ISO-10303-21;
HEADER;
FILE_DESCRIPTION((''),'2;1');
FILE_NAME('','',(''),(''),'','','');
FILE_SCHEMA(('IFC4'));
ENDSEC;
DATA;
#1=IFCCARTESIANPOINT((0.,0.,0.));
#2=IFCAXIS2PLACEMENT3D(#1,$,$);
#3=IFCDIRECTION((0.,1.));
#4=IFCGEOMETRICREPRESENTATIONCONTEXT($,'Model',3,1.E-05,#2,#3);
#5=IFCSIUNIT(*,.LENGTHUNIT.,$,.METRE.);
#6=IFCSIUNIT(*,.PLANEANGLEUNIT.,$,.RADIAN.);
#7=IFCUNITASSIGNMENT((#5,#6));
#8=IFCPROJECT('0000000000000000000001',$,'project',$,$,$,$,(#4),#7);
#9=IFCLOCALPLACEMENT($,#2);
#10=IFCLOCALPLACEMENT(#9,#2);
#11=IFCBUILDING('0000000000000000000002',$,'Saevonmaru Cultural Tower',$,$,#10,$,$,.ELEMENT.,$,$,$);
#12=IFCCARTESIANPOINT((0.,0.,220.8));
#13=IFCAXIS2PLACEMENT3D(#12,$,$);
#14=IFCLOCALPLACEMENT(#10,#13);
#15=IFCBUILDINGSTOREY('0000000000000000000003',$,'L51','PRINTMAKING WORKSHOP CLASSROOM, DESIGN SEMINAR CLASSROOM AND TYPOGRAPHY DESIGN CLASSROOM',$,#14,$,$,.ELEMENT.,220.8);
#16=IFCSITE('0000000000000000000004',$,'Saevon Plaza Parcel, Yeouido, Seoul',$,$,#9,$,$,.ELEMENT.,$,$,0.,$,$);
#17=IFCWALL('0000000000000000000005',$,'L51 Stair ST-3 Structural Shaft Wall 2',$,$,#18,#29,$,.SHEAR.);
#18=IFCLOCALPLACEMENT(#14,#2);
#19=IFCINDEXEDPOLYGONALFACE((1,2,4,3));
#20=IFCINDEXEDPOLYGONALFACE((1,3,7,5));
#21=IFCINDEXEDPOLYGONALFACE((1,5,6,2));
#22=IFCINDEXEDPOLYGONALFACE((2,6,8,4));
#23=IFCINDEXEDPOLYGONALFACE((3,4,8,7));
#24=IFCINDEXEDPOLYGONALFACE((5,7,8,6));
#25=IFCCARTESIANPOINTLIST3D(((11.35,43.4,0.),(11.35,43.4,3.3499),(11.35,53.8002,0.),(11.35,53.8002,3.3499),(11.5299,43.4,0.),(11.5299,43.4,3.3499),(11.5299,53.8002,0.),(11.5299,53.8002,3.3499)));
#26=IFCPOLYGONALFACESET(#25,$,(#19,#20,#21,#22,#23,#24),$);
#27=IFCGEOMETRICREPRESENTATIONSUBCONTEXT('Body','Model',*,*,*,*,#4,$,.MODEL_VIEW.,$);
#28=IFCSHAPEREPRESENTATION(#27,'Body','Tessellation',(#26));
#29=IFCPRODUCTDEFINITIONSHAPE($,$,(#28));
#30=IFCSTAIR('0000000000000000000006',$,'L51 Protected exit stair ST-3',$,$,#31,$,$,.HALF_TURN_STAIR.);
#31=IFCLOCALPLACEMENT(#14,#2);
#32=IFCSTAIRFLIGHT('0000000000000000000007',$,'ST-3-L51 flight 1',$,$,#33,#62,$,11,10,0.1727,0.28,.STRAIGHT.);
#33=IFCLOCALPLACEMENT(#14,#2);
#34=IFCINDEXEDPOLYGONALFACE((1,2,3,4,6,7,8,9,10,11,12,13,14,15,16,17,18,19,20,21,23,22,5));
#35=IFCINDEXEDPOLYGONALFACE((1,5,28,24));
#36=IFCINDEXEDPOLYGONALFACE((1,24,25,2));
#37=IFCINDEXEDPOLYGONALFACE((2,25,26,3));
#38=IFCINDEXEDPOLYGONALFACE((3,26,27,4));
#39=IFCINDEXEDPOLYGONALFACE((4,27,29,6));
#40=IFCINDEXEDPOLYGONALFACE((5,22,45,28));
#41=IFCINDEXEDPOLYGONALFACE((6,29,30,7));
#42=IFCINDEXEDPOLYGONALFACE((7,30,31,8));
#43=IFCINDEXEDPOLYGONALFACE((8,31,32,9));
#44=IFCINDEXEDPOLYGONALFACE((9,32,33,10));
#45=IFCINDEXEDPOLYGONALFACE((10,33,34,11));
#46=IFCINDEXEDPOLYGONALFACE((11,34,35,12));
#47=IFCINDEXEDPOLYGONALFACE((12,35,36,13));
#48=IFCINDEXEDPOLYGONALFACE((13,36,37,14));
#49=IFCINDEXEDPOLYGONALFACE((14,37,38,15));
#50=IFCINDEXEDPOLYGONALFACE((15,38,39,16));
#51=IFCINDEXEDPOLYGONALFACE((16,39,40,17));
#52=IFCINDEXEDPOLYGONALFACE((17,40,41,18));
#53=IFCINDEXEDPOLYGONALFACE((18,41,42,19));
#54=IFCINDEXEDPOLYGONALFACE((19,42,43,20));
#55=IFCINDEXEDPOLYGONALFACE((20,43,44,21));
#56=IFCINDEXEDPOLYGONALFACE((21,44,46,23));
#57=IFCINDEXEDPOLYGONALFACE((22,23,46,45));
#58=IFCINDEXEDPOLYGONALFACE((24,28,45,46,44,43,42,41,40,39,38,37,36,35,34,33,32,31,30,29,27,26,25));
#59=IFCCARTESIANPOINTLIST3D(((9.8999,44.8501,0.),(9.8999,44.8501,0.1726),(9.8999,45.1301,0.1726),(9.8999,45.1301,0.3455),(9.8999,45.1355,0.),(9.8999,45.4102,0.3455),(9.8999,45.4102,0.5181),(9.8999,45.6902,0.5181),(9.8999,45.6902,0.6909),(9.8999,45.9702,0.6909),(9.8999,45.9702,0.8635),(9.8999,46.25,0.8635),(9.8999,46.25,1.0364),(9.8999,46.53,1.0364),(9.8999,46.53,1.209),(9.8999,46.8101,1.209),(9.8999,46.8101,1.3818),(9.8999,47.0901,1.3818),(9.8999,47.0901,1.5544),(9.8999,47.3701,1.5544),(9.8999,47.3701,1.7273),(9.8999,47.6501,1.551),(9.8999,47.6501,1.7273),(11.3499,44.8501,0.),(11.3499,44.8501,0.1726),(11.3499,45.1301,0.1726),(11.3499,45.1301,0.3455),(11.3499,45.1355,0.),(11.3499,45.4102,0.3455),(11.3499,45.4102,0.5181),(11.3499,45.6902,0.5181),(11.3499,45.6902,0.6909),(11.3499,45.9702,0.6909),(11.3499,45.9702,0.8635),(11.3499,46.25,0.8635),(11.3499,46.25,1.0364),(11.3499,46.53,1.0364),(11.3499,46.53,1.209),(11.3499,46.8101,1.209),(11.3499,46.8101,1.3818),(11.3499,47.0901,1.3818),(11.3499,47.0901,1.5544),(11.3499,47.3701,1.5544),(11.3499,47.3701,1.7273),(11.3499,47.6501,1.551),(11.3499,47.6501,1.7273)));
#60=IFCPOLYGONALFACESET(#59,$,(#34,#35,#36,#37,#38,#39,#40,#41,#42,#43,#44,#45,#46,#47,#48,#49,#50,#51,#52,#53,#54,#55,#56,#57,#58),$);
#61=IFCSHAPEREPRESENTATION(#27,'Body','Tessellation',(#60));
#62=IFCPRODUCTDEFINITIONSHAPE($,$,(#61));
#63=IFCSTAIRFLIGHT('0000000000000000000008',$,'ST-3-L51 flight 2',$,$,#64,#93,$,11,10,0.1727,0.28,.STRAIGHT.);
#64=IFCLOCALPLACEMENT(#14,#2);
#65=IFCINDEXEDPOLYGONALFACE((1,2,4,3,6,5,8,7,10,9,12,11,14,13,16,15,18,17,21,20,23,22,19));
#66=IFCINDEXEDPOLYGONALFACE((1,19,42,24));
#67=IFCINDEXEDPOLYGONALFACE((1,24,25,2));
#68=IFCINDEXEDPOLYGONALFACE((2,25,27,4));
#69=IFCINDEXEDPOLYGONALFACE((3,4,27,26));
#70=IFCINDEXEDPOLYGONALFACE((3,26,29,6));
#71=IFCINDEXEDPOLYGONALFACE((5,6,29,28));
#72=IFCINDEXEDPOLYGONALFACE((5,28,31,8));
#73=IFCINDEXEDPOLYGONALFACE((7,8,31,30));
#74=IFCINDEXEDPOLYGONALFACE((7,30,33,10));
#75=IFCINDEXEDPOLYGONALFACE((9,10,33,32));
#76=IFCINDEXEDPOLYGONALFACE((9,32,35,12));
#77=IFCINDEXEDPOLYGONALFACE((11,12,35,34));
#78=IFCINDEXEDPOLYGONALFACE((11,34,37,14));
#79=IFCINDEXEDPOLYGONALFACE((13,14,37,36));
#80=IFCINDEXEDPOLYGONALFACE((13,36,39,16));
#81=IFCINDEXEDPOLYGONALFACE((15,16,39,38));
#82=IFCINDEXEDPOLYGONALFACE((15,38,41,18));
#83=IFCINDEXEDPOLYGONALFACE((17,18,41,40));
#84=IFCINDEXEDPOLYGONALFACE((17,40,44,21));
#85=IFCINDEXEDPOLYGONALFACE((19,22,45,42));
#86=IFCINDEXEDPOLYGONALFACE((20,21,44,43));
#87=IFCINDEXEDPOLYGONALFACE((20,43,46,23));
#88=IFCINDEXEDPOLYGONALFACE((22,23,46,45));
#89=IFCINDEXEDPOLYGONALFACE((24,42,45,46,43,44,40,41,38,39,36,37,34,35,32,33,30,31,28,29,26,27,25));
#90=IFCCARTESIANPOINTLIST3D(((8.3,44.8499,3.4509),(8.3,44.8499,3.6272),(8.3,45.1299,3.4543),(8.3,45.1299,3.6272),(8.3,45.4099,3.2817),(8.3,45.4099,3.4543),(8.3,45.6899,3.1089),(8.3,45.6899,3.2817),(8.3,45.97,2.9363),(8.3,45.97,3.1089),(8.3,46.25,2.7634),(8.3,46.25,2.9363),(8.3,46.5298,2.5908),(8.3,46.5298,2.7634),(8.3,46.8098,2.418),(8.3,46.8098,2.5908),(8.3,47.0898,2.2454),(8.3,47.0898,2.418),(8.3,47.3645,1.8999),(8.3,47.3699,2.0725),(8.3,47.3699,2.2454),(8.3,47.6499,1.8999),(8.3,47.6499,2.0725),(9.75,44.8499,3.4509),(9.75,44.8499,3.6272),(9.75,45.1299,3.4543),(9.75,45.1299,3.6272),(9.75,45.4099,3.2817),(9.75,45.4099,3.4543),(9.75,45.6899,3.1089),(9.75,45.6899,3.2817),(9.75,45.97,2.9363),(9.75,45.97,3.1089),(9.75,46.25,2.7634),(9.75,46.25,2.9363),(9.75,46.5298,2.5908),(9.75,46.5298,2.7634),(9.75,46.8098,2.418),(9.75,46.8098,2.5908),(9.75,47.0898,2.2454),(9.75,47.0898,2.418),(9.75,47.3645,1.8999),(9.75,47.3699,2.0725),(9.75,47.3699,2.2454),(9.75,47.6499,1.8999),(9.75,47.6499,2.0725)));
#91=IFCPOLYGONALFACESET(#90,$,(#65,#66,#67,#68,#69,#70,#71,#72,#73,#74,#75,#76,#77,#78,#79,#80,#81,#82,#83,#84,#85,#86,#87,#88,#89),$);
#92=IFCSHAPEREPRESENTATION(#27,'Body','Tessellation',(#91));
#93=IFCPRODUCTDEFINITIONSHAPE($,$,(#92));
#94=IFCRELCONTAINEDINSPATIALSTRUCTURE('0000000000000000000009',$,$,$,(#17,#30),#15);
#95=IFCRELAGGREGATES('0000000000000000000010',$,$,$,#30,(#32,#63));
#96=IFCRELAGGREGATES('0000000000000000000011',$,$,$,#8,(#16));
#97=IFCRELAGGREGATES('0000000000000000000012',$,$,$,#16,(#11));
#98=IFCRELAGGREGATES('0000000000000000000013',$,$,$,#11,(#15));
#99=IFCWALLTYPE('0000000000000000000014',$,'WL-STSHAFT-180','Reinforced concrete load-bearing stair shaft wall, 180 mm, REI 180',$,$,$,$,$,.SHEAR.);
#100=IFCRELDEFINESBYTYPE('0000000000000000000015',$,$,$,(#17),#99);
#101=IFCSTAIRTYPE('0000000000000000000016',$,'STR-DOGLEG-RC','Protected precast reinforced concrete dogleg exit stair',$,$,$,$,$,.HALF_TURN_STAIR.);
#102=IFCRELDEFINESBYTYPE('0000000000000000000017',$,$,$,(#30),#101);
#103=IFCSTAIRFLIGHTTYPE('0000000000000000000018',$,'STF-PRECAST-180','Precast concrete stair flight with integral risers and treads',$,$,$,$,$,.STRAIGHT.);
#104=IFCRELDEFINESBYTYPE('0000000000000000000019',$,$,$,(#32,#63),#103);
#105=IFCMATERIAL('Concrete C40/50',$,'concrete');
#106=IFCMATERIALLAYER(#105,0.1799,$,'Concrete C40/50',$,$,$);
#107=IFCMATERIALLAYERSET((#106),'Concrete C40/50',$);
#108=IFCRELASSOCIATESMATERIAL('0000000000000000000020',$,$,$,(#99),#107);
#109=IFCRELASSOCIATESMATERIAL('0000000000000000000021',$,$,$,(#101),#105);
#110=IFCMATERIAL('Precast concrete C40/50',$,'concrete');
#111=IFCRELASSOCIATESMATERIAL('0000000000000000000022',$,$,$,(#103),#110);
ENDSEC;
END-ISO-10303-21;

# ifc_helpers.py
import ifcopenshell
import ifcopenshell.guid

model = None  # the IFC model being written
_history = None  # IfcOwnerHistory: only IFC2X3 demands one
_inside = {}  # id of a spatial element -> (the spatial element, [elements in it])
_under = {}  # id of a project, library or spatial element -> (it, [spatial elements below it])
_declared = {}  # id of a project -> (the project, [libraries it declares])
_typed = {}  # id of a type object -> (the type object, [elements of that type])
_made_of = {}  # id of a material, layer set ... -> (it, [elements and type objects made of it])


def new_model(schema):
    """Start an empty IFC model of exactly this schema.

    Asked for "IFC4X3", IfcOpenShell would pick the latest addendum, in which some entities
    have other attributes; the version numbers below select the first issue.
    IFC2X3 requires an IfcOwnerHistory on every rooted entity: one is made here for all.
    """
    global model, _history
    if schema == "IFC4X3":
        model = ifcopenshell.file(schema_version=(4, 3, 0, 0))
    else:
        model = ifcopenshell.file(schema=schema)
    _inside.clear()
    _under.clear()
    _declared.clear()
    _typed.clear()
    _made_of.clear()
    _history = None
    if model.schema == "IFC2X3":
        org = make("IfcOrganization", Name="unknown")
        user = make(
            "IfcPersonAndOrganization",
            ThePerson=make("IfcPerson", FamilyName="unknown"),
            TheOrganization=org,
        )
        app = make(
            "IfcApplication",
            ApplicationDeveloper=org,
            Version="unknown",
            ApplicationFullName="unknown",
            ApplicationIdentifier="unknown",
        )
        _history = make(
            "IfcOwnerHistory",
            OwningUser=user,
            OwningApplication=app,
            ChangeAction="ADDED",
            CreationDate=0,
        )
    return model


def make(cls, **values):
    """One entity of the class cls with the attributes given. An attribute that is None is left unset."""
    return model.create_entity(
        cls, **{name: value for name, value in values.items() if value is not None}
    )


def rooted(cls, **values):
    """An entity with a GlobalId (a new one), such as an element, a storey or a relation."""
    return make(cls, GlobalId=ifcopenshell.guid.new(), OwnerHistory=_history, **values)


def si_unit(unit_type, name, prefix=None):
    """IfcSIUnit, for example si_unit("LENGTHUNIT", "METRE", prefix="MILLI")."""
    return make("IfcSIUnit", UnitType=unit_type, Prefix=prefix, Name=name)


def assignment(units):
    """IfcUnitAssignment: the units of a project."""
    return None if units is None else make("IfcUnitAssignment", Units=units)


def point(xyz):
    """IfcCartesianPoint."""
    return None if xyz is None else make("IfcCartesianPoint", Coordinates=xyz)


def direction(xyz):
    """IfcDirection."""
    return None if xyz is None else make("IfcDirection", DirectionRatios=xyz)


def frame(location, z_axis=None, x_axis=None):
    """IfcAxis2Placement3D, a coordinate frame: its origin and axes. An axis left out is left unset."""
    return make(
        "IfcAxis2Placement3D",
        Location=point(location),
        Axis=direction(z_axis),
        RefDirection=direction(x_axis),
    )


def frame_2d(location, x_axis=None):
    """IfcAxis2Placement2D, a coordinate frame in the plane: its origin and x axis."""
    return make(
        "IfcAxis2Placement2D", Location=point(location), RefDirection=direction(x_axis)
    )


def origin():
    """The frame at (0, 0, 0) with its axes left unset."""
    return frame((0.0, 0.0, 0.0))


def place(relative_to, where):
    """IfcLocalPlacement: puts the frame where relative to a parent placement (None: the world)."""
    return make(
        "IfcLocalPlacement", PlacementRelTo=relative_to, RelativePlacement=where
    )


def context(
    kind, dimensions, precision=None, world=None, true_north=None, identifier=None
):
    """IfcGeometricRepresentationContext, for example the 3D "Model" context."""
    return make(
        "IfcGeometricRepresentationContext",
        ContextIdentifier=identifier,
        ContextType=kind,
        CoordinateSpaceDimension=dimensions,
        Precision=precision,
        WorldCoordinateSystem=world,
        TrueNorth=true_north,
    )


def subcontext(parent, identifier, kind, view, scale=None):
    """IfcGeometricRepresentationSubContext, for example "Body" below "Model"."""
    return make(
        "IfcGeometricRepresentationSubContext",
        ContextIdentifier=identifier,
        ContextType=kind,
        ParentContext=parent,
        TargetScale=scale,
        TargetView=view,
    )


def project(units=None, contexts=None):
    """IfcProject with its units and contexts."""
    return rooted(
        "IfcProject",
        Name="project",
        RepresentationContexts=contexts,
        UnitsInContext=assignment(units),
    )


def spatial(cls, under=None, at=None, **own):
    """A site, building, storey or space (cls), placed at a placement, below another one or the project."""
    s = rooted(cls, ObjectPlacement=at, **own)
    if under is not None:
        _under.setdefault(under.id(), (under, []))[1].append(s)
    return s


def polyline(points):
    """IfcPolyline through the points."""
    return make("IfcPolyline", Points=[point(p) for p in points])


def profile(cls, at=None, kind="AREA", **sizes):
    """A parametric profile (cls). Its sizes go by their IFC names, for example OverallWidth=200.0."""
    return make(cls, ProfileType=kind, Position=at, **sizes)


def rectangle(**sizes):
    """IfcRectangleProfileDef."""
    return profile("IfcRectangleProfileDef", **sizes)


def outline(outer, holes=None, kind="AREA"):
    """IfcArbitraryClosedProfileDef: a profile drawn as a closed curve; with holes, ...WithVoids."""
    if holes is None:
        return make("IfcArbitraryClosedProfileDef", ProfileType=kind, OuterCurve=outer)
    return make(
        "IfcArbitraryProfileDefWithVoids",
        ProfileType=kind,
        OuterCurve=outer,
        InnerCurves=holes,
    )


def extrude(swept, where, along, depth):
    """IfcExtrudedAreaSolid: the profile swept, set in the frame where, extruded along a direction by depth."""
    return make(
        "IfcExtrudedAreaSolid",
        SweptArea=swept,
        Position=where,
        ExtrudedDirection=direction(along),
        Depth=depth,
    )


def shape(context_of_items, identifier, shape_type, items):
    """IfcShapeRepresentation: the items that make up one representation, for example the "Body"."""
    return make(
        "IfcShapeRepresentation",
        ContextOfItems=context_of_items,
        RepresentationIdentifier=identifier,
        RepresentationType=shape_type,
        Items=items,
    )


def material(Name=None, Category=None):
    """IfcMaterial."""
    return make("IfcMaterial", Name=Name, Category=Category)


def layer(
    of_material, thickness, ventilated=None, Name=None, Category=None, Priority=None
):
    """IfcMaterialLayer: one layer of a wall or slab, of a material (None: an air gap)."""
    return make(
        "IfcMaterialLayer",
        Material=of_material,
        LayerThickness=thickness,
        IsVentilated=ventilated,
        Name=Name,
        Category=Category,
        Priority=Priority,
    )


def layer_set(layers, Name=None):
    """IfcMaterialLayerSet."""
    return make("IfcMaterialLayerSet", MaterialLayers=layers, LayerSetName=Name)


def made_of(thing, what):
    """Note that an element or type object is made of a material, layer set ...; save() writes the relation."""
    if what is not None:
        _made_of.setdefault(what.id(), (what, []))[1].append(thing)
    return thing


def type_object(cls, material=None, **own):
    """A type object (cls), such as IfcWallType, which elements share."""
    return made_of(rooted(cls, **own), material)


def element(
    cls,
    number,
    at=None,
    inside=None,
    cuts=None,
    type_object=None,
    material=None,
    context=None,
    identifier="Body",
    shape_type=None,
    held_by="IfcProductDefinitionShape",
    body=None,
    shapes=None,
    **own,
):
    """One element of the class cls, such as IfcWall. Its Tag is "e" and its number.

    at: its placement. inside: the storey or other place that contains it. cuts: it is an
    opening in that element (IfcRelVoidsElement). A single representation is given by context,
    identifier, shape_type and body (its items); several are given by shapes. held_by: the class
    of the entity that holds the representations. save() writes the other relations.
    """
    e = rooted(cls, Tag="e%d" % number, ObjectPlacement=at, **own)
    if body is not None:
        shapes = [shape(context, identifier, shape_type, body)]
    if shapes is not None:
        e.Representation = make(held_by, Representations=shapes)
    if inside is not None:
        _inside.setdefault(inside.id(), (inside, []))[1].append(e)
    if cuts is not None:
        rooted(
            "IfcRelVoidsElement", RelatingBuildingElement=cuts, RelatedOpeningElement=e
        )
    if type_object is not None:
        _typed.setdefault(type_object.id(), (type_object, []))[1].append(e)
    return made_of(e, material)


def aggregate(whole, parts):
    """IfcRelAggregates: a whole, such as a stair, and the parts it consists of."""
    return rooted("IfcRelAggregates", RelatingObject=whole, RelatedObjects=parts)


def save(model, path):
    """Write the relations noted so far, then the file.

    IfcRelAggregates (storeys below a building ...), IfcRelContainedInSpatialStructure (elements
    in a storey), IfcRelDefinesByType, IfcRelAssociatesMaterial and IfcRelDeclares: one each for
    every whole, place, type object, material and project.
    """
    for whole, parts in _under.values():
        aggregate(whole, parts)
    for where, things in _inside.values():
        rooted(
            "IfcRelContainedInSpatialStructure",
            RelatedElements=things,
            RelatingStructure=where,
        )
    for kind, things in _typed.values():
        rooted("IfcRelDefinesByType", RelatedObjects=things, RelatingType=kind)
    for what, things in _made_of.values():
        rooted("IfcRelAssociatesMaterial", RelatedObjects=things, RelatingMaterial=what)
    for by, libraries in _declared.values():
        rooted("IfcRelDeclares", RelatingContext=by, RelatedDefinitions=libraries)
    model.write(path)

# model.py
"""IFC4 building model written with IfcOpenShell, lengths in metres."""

from ifc_helpers import new_model, si_unit, direction, frame, frame_2d, origin, place, context, subcontext, project, spatial, polyline, rectangle, outline, extrude, material, layer, layer_set, type_object, element, aggregate, save


model = new_model("IFC4")

# Units and contexts
model_context = context("Model", 3, precision=1e-05, world=origin(), true_north=direction((0.0, 1.0)))
body_context = subcontext(model_context, "Body", "Model", "MODEL_VIEW")
ifc_project = project(units=[si_unit("LENGTHUNIT", "METRE"), si_unit("PLANEANGLEUNIT", "RADIAN")], contexts=[model_context])

# Site, building, storey
site_placement = place(None, origin())
site = spatial("IfcSite", under=ifc_project, at=site_placement, Name="Saevon Plaza Parcel, Yeouido, Seoul", CompositionType="ELEMENT", RefElevation=0.0)
building_placement = place(site_placement, origin())
building = spatial("IfcBuilding", under=site, at=building_placement, Name="Saevonmaru Cultural Tower", CompositionType="ELEMENT")
storey_placement = place(building_placement, frame((0.0, 0.0, 220.8)))
storey = spatial("IfcBuildingStorey", under=building, at=storey_placement, Name="L51", Description="PRINTMAKING WORKSHOP CLASSROOM, DESIGN SEMINAR CLASSROOM AND TYPOGRAPHY DESIGN CLASSROOM", CompositionType="ELEMENT", Elevation=220.8)

# Shared definitions
ifc_material_1 = material(Name="Concrete C40/50", Category="concrete")
ifc_layer_1 = layer(ifc_material_1, 0.1799, Name="Concrete C40/50")
ifc_layer_set_1 = layer_set([ifc_layer_1], Name="Concrete C40/50")
wall_type_1 = type_object("IfcWallType", Name="WL-STSHAFT-180", Description="Reinforced concrete load-bearing stair shaft wall, 180 mm, REI 180", PredefinedType="SHEAR", material=ifc_layer_set_1)

# Wall
wall_1_placement = place(storey_placement, frame((11.4399, 43.3999, 0.0), z_axis=(0.0, 0.0, 1.0), x_axis=(0.0, 1.0, 0.0)))
element("IfcWall", 1, at=wall_1_placement, inside=storey, type_object=wall_type_1, Name="L51 Stair ST-3 Structural Shaft Wall 2", PredefinedType="SHEAR", context=body_context, shape_type="SweptSolid", body=[
    extrude(rectangle(XDim=10.4001, YDim=0.1799, at=frame_2d((5.2002, 0.0))), origin(), (0.0, 0.0, 1.0), 3.3499),
])

# Stair, stair flights
stair_type = type_object("IfcStairType", Name="STR-DOGLEG-RC", Description="Protected precast reinforced concrete dogleg exit stair", PredefinedType="HALF_TURN_STAIR", material=ifc_material_1)
stair_placement = place(storey_placement, origin())
stair = element("IfcStair", 2, at=stair_placement, inside=storey, type_object=stair_type, Name="L51 Protected exit stair ST-3", PredefinedType="HALF_TURN_STAIR")
ifc_material_2 = material(Name="Precast concrete C40/50", Category="concrete")
stair_flight_type = type_object("IfcStairFlightType", Name="STF-PRECAST-180", Description="Precast concrete stair flight with integral risers and treads", PredefinedType="STRAIGHT", material=ifc_material_2)
stair_flight_1_placement = place(storey_placement, frame((10.625, 44.8501, 0.0), z_axis=(0.0, 0.0, 1.0), x_axis=(0.0, 1.0, 0.0)))
stair_flight_1 = element("IfcStairFlight", 3, at=stair_flight_1_placement, type_object=stair_flight_type, Name="ST-3-L51 flight 1", NumberOfRisers=11, NumberOfTreads=10, PredefinedType="STRAIGHT", RiserHeight=0.1727, TreadLength=0.28, context=body_context, shape_type="SweptSolid", body=[
    extrude(outline(polyline([(0.0, 0.0), (0.0, 0.1726), (0.28, 0.1726), (0.28, 0.3455), (0.5601, 0.3455), (0.5601, 0.5181), (0.8401, 0.5181), (0.8401, 0.6909), (1.1201, 0.6909), (1.1201, 0.8635), (1.3999, 0.8635), (1.3999, 1.0364), (1.6799, 1.0364), (1.6799, 1.209), (1.96, 1.209), (1.96, 1.3818), (2.24, 1.3818), (2.24, 1.5544), (2.52, 1.5544), (2.52, 1.7273), (2.8, 1.7273), (2.8, 1.8999), (2.8, 1.551), (0.2854, 0.0), (0.0, 0.0)])), frame((0.0, 0.7251, 0.0), z_axis=(0.0, -1.0, 0.0), x_axis=(1.0, 0.0, 0.0)), (0.0, 0.0, 1.0), 1.45),
])
stair_flight_2_placement = place(storey_placement, frame((9.0249, 47.6499, 1.8999), z_axis=(0.0, 0.0, 1.0), x_axis=(0.0, -1.0, 0.0)))
stair_flight_2 = element("IfcStairFlight", 4, at=stair_flight_2_placement, type_object=stair_flight_type, Name="ST-3-L51 flight 2", NumberOfRisers=11, NumberOfTreads=10, PredefinedType="STRAIGHT", RiserHeight=0.1727, TreadLength=0.28, context=body_context, shape_type="SweptSolid", body=[
    extrude(outline(polyline([(0.0, 0.0), (0.0, 0.1726), (0.28, 0.1726), (0.28, 0.3455), (0.5601, 0.3455), (0.5601, 0.5181), (0.8401, 0.5181), (0.8401, 0.6909), (1.1201, 0.6909), (1.1201, 0.8635), (1.3999, 0.8635), (1.3999, 1.0364), (1.6799, 1.0364), (1.6799, 1.209), (1.96, 1.209), (1.96, 1.3818), (2.24, 1.3818), (2.24, 1.5544), (2.52, 1.5544), (2.52, 1.7273), (2.8, 1.7273), (2.8, 1.8999), (2.8, 1.551), (0.2854, 0.0), (0.0, 0.0)])), frame((0.0, 0.7251, 0.0), z_axis=(0.0, -1.0, 0.0), x_axis=(1.0, 0.0, 0.0)), (0.0, 0.0, 1.0), 1.45),
])
aggregate(stair, [stair_flight_1, stair_flight_2])

save(model, "model.ifc")
